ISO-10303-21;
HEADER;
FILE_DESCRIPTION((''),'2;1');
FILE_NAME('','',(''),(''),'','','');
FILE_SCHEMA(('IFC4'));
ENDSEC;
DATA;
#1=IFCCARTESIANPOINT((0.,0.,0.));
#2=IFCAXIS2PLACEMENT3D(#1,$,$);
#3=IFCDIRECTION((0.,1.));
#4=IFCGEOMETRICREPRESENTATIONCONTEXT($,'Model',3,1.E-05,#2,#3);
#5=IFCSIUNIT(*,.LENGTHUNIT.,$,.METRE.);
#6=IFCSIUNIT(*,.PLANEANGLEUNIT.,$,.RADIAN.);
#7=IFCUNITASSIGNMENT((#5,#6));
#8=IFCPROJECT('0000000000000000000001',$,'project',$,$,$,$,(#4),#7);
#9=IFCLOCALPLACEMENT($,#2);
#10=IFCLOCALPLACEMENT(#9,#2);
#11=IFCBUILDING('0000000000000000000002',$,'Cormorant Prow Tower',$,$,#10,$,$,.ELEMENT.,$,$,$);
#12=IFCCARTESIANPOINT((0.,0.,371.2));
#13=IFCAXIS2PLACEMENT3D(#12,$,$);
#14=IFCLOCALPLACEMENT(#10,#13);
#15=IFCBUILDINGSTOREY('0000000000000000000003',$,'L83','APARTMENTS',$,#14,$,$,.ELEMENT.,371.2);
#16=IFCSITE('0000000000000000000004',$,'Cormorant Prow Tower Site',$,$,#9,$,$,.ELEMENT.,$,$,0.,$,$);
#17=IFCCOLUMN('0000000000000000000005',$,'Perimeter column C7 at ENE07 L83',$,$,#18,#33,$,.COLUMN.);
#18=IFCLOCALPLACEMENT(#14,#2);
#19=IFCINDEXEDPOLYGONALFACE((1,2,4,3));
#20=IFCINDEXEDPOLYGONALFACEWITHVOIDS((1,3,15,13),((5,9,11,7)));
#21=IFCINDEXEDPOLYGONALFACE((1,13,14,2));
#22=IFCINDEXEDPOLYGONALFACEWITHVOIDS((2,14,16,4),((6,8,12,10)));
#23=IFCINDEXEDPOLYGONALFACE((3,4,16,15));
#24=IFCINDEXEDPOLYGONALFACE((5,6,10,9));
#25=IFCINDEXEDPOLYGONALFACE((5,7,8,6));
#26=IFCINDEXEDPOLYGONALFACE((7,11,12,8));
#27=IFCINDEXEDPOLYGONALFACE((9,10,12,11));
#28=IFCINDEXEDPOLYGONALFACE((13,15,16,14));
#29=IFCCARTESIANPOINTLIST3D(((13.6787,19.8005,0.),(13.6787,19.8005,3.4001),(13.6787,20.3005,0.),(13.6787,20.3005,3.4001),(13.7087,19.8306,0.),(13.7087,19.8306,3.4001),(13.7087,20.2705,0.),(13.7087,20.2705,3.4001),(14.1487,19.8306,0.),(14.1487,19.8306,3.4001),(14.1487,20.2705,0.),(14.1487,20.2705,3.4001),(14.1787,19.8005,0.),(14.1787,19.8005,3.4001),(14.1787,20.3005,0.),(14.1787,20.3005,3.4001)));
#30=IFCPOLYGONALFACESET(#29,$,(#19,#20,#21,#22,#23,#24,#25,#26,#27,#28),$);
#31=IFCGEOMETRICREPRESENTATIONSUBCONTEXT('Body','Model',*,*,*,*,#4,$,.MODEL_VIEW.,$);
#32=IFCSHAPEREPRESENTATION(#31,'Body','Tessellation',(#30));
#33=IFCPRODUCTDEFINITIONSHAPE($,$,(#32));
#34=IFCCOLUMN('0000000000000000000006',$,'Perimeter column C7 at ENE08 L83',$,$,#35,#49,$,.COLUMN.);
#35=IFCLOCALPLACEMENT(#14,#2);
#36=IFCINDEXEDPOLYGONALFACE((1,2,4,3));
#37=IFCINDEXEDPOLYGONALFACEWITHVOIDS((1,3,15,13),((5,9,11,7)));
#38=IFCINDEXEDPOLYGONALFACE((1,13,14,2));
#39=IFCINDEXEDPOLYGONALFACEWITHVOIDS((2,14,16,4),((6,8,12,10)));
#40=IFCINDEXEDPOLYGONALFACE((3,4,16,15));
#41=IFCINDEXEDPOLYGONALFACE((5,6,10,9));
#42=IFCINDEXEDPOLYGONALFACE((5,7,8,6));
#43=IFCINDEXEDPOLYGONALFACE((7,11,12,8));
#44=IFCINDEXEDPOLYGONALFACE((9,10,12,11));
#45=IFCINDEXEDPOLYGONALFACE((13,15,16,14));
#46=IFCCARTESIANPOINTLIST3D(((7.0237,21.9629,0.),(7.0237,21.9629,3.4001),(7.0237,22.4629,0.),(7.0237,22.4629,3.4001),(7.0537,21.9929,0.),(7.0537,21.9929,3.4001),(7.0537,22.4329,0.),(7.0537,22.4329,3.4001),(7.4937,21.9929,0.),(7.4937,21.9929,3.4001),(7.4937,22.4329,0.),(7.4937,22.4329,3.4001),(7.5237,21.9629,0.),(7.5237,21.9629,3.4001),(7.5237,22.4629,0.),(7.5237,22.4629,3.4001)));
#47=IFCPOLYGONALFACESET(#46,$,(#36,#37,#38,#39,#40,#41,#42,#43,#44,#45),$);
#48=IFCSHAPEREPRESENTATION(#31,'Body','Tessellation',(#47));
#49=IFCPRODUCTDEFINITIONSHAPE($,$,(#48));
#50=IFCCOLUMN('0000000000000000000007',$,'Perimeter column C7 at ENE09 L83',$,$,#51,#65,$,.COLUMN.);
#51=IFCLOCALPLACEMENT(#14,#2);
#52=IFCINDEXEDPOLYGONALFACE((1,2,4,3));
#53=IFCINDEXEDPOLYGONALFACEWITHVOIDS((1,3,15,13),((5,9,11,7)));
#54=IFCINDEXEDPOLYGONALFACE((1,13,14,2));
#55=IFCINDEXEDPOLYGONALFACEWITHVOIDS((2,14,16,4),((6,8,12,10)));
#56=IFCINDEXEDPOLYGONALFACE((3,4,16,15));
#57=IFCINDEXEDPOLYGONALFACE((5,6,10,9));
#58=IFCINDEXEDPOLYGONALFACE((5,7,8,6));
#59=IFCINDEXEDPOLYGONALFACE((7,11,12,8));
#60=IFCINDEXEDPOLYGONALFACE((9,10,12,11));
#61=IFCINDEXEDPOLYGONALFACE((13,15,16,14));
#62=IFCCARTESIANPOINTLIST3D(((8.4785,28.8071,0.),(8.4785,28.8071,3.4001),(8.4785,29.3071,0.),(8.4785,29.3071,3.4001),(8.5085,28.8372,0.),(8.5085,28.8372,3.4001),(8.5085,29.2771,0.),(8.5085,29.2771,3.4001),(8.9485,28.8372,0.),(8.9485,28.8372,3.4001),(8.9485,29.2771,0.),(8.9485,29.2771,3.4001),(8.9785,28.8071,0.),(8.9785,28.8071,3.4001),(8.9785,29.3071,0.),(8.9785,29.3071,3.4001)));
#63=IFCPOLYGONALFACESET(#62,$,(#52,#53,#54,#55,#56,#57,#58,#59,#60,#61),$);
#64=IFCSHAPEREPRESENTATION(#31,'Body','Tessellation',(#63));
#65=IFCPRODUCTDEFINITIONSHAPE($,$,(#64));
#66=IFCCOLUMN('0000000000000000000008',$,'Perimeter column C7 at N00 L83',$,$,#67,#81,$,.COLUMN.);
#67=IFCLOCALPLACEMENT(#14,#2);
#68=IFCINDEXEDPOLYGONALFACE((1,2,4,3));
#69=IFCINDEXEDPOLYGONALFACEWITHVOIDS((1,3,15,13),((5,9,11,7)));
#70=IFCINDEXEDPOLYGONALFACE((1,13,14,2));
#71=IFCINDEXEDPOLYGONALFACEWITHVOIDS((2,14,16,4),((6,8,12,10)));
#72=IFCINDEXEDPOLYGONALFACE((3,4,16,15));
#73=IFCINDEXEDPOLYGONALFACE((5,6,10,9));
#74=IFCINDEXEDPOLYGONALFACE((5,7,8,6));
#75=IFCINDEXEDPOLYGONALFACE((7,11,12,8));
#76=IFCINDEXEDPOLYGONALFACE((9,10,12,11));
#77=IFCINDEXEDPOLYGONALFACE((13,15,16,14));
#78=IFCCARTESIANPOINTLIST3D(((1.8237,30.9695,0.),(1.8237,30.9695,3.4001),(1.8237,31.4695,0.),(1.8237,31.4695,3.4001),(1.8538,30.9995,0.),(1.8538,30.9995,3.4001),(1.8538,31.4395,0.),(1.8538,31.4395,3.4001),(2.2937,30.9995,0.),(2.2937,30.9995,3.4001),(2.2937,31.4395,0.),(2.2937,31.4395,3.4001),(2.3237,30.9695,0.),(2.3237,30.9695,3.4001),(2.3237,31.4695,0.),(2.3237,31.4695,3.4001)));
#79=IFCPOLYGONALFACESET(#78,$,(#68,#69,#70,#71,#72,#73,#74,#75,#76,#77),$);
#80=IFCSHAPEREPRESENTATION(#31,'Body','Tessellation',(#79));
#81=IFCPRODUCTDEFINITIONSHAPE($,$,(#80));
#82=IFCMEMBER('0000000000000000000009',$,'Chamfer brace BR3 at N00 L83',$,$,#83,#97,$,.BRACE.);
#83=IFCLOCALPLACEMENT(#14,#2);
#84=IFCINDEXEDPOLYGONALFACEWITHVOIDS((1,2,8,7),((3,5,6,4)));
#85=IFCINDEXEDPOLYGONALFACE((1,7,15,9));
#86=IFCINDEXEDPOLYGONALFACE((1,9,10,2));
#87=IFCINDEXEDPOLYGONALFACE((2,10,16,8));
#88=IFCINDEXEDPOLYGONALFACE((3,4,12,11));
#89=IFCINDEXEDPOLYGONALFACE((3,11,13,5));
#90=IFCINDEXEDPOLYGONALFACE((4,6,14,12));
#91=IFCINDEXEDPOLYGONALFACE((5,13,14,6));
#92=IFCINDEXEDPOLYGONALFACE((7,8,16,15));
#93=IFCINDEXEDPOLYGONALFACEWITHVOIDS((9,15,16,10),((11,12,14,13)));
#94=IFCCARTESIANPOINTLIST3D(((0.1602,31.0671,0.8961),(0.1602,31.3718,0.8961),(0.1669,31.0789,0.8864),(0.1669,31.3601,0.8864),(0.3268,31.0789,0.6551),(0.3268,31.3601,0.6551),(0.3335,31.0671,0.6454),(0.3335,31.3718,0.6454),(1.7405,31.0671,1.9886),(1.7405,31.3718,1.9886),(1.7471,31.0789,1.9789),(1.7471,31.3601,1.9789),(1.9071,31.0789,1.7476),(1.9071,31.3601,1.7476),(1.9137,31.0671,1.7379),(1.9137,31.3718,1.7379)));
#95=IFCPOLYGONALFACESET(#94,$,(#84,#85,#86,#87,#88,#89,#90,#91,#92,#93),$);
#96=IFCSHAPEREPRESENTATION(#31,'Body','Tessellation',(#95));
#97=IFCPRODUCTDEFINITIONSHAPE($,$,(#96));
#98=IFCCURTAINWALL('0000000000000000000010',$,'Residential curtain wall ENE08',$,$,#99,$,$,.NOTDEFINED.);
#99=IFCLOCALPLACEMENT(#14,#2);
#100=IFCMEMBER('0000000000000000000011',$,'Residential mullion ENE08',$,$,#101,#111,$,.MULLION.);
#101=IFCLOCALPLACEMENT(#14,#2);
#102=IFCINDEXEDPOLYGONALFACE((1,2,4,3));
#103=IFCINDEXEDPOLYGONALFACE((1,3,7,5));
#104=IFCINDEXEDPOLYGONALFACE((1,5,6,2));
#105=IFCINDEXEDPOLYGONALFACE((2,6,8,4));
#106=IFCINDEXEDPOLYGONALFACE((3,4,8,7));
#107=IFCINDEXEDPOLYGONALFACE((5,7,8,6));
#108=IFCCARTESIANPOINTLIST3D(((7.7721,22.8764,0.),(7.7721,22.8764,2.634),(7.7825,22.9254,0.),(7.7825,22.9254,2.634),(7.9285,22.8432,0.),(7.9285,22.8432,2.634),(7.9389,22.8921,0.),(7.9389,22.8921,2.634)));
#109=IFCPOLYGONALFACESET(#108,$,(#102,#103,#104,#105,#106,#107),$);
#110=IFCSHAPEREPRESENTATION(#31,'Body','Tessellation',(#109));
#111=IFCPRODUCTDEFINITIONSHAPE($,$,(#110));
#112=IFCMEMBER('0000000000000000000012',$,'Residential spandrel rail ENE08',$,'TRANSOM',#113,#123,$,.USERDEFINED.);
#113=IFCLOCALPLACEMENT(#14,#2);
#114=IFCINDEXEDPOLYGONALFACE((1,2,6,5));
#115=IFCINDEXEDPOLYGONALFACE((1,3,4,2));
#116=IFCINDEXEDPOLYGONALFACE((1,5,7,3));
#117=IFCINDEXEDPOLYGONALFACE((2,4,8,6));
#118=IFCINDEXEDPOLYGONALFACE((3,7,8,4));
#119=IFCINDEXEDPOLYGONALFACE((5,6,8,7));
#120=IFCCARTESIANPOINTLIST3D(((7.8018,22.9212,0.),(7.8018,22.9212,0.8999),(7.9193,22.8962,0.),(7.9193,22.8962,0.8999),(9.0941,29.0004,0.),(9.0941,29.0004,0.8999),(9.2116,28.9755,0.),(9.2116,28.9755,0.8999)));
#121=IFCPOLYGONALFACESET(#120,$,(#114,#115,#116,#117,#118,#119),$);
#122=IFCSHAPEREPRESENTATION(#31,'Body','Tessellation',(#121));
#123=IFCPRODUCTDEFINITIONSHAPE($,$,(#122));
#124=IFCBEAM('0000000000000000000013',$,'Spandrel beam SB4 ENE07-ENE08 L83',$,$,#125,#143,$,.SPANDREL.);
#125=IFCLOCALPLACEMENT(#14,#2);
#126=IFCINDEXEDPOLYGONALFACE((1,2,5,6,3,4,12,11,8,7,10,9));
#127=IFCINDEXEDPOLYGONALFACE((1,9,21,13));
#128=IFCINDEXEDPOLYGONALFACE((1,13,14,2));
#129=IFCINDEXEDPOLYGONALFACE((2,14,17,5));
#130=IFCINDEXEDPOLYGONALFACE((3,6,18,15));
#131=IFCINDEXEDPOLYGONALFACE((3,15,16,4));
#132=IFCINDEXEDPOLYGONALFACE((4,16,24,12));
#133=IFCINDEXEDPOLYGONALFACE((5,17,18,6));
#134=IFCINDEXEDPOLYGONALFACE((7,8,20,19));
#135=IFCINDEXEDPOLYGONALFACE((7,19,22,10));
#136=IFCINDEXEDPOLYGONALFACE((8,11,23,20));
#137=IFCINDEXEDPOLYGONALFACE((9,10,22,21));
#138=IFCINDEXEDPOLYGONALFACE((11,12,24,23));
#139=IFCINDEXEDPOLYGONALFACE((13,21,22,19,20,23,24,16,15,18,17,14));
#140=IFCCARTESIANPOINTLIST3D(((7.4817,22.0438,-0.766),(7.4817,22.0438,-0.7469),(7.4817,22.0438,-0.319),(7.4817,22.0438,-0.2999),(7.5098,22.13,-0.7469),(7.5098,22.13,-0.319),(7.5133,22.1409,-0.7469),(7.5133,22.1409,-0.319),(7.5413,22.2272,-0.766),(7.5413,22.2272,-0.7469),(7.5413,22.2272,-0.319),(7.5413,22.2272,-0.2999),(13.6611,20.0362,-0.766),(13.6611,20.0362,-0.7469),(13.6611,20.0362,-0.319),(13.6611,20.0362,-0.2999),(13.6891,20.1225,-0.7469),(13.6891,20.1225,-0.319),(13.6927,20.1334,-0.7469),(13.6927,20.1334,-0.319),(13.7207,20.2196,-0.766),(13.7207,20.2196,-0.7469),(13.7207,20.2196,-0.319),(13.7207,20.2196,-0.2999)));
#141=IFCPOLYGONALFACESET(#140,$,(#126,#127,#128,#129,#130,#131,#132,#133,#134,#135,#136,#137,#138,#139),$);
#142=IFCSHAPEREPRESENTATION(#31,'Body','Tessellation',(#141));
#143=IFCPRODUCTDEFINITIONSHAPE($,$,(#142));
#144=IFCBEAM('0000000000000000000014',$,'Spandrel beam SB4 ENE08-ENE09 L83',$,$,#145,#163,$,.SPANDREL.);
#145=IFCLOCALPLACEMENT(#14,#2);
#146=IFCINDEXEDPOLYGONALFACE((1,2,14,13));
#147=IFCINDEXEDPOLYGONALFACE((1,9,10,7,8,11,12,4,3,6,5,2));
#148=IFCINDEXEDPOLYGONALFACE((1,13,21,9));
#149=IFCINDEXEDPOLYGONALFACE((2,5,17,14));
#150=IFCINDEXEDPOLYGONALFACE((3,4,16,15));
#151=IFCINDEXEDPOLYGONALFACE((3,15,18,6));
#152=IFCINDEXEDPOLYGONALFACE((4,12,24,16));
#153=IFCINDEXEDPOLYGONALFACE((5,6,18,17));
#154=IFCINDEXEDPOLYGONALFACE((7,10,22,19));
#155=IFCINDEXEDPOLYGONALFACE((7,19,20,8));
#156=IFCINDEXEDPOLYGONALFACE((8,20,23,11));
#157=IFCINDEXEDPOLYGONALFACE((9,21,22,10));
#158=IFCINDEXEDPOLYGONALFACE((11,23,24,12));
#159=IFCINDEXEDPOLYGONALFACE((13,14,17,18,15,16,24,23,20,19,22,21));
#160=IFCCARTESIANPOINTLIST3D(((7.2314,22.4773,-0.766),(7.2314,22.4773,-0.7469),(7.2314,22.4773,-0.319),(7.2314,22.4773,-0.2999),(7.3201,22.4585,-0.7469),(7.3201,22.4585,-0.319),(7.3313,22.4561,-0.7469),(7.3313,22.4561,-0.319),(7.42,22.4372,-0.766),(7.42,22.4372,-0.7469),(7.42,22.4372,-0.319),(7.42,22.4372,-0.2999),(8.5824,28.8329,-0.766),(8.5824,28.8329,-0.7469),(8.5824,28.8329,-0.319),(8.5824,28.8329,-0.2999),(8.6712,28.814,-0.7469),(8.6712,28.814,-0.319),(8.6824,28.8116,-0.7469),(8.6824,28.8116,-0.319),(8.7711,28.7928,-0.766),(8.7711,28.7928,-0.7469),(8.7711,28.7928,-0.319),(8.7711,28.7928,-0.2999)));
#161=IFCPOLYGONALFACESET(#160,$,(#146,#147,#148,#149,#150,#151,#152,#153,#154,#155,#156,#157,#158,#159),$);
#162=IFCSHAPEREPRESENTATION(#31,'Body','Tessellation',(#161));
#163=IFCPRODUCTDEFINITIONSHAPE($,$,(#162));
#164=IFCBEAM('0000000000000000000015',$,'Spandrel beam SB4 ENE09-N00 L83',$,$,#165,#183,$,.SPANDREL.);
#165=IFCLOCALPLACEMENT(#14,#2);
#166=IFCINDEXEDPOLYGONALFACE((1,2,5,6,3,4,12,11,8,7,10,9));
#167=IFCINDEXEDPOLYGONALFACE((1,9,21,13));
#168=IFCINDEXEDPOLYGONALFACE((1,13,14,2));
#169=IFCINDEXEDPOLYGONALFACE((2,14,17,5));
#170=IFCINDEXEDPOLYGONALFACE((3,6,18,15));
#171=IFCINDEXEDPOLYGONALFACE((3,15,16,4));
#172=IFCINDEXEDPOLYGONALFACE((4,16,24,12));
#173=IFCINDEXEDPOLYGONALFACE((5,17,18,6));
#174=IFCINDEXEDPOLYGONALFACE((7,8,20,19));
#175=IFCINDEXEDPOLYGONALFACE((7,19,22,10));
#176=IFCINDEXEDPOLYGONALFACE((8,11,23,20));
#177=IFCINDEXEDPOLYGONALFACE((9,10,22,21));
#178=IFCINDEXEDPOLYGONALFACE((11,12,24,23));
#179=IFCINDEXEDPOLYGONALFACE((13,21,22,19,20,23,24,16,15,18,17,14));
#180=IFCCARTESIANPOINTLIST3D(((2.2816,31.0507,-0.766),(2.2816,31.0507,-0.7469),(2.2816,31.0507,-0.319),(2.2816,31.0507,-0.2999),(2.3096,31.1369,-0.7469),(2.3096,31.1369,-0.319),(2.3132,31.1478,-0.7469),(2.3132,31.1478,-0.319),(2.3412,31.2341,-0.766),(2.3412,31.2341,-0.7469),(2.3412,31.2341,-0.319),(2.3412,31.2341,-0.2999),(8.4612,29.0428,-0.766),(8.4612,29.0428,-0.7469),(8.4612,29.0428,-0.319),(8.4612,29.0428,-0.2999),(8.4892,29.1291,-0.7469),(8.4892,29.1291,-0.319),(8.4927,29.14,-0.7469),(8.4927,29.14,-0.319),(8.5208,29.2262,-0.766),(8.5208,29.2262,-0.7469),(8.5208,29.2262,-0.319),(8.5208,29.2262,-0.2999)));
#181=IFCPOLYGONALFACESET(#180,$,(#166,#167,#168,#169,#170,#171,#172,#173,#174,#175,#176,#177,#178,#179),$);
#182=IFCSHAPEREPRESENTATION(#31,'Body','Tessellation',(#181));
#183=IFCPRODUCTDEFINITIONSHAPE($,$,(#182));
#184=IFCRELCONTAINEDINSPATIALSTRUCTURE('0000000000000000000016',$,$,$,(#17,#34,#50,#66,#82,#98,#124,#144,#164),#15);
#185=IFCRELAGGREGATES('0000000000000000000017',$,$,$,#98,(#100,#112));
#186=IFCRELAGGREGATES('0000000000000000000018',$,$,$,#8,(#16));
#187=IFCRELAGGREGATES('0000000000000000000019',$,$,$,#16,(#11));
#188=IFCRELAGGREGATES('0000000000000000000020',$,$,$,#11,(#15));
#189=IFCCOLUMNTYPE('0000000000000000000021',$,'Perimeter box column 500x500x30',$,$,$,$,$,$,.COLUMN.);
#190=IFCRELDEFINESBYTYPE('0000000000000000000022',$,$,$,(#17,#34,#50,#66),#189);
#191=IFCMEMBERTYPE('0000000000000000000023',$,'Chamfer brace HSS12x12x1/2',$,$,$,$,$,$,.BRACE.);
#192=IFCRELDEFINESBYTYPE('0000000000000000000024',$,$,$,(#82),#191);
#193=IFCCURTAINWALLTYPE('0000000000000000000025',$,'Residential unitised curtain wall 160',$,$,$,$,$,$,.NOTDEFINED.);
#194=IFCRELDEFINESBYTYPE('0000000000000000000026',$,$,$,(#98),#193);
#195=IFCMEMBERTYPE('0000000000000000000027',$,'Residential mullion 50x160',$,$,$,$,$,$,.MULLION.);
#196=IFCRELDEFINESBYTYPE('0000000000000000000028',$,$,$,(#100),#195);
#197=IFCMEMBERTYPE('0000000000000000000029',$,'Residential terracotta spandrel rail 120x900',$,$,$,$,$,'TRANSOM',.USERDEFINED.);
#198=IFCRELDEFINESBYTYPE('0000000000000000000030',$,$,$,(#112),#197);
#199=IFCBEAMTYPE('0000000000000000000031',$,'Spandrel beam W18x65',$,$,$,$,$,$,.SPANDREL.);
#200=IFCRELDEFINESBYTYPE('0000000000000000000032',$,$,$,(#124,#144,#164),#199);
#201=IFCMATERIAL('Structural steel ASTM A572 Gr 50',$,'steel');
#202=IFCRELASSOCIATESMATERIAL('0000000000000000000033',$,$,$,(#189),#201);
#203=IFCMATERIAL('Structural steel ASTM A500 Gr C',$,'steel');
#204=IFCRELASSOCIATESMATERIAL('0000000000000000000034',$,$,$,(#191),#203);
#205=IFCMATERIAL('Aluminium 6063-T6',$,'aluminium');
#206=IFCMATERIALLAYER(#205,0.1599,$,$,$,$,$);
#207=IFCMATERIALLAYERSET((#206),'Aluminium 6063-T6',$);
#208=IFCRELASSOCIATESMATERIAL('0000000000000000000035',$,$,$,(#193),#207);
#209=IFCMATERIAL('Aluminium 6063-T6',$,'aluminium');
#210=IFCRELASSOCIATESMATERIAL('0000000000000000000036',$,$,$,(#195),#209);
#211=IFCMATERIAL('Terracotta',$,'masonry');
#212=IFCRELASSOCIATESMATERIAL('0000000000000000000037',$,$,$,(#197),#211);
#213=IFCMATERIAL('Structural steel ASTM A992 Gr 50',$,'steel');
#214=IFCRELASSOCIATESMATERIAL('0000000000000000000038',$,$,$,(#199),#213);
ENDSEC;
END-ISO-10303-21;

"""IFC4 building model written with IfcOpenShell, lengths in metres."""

from ifc_helpers import new_model, si_unit, direction, frame, origin, origin_2d, place, context, subcontext, project, spatial, rectangle, hollow_rectangle, i_section, extrude, material, layer, layer_set, material_profile, profile_set, type_object, element, aggregate, save


model = new_model("IFC4")

# Units and contexts
model_context = context("Model", 3, precision=1e-05, world=origin(), true_north=direction((0.0, 1.0)))
body_context = subcontext(model_context, "Body", "Model", "MODEL_VIEW")
ifc_project = project(units=[si_unit("LENGTHUNIT", "METRE"), si_unit("PLANEANGLEUNIT", "RADIAN")], contexts=[model_context])

# Site, building, storey
site_placement = place(None, origin())
site = spatial("IfcSite", under=ifc_project, at=site_placement, Name="Cormorant Prow Tower Site", CompositionType="ELEMENT", RefElevation=0.0)
building_placement = place(site_placement, origin())
building = spatial("IfcBuilding", under=site, at=building_placement, Name="Cormorant Prow Tower", CompositionType="ELEMENT")
storey_placement = place(building_placement, frame((0.0, 0.0, 371.2)))
storey = spatial("IfcBuildingStorey", under=building, at=storey_placement, Name="L83", Description="APARTMENTS", CompositionType="ELEMENT", Elevation=371.2)

# Columns
ifc_material_1 = material(Name="Structural steel ASTM A572 Gr 50", Category="steel")
ifc_material_profile_1 = material_profile(ifc_material_1, hollow_rectangle(XDim=0.5, YDim=0.5, WallThickness=0.03, at=origin_2d()), Name="Box 500x500x30")
ifc_profile_set_1 = profile_set([ifc_material_profile_1], Name="Structural steel ASTM A572 Gr 50")
column_type = type_object("IfcColumnType", Name="Perimeter box column 500x500x30", PredefinedType="COLUMN", material=ifc_profile_set_1)
for number, where, z_axis, x_axis, name in (
    (1, (13.9287, 20.0505, 0.0), (0.0, 0.0, 1.0), (1.0, 0.0, 0.0), "Perimeter column C7 at ENE07 L83"),
    (2, (7.2737, 22.2129, 0.0), (0.0, 0.0, 1.0), (1.0, 0.0, 0.0), "Perimeter column C7 at ENE08 L83"),
    (3, (8.7285, 29.0571, 0.0), (0.0, 0.0, 1.0), (1.0, 0.0, 0.0), "Perimeter column C7 at ENE09 L83"),
    (4, (2.0737, 31.2195, 0.0), (0.0, 0.0, 1.0), (1.0, 0.0, 0.0), "Perimeter column C7 at N00 L83"),
):
    element("IfcColumn", number, at=place(storey_placement, frame(where, z_axis=z_axis, x_axis=x_axis)), inside=storey, type_object=column_type, Name=name, PredefinedType="COLUMN", context=body_context, shape_type="SweptSolid", body=[
        extrude(hollow_rectangle(XDim=0.5, YDim=0.5, WallThickness=0.03, at=origin_2d()), origin(), (0.0, 0.0, 1.0), 3.4001),
    ])

# Member
ifc_material_2 = material(Name="Structural steel ASTM A500 Gr C", Category="steel")
ifc_material_profile_2 = material_profile(ifc_material_2, hollow_rectangle(XDim=0.3047, YDim=0.3047, WallThickness=0.0117, at=origin_2d()), Name="HSS12x12x1/2")
ifc_profile_set_2 = profile_set([ifc_material_profile_2], Name="Structural steel ASTM A500 Gr C")
member_type_1 = type_object("IfcMemberType", Name="Chamfer brace HSS12x12x1/2", PredefinedType="BRACE", material=ifc_profile_set_2)
member_1_placement = place(storey_placement, frame((0.2468, 31.2195, 0.7708), z_axis=(0.822567, 0.0, 0.568668), x_axis=(0.0, 1.0, 0.0)))
element("IfcMember", 5, at=member_1_placement, inside=storey, type_object=member_type_1, Name="Chamfer brace BR3 at N00 L83", PredefinedType="BRACE", context=body_context, shape_type="SweptSolid", body=[
    extrude(hollow_rectangle(XDim=0.3047, YDim=0.3047, WallThickness=0.0117, at=origin_2d()), origin(), (0.0, 0.0, 1.0), 1.9211),
])

# Curtain wall, members
ifc_material_3 = material(Name="Aluminium 6063-T6", Category="aluminium")
ifc_layer_1 = layer(ifc_material_3, 0.1599)
ifc_layer_set_1 = layer_set([ifc_layer_1], Name="Aluminium 6063-T6")
curtain_wall_type = type_object("IfcCurtainWallType", Name="Residential unitised curtain wall 160", PredefinedType="NOTDEFINED", material=ifc_layer_set_1)
curtain_wall_placement = place(storey_placement, origin())
curtain_wall = element("IfcCurtainWall", 6, at=curtain_wall_placement, inside=storey, type_object=curtain_wall_type, Name="Residential curtain wall ENE08", PredefinedType="NOTDEFINED")
ifc_material_4 = material(Name="Aluminium 6063-T6", Category="aluminium")
ifc_material_profile_3 = material_profile(ifc_material_4, rectangle(XDim=0.1599, YDim=0.05, at=origin_2d()), Name="Residential mullion 50x160")
ifc_profile_set_3 = profile_set([ifc_material_profile_3], Name="Aluminium 6063-T6")
member_type_2 = type_object("IfcMemberType", Name="Residential mullion 50x160", PredefinedType="MULLION", material=ifc_profile_set_3)
member_2_placement = place(storey_placement, frame((7.8555, 22.8843, 0.0), z_axis=(0.0, 0.0, 1.0), x_axis=(-0.978148, 0.207912, 0.0)))
member_2 = element("IfcMember", 7, at=member_2_placement, type_object=member_type_2, Name="Residential mullion ENE08", PredefinedType="MULLION", context=body_context, shape_type="SweptSolid", body=[
    extrude(rectangle(XDim=0.1599, YDim=0.05, at=origin_2d()), origin(), (0.0, 0.0, 1.0), 2.634),
])
ifc_material_5 = material(Name="Terracotta", Category="masonry")
ifc_material_profile_4 = material_profile(ifc_material_5, rectangle(XDim=0.1201, YDim=0.8999, at=origin_2d()), Name="Residential terracotta spandrel rail 120x900")
ifc_profile_set_4 = profile_set([ifc_material_profile_4], Name="Terracotta")
member_type_3 = type_object("IfcMemberType", Name="Residential terracotta spandrel rail 120x900", ElementType="TRANSOM", PredefinedType="USERDEFINED", material=ifc_profile_set_4)
member_3_placement = place(storey_placement, frame((7.8606, 22.9087, 0.45), z_axis=(0.207917, 0.978147, 0.0), x_axis=(-0.978147, 0.207917, 0.0)))
member_3 = element("IfcMember", 8, at=member_3_placement, type_object=member_type_3, Name="Residential spandrel rail ENE08", ObjectType="TRANSOM", PredefinedType="USERDEFINED", context=body_context, shape_type="SweptSolid", body=[
    extrude(rectangle(XDim=0.1201, YDim=0.8999, at=origin_2d()), origin(), (0.0, 0.0, 1.0), 6.2151),
])

# Beams
ifc_material_6 = material(Name="Structural steel ASTM A992 Gr 50", Category="steel")
ifc_material_profile_5 = material_profile(ifc_material_6, i_section(OverallWidth=0.1929, OverallDepth=0.4661, WebThickness=0.0115, FlangeThickness=0.019, at=origin_2d()), Name="W18x65")
ifc_profile_set_5 = profile_set([ifc_material_profile_5], Name="Structural steel ASTM A992 Gr 50")
beam_type = type_object("IfcBeamType", Name="Spandrel beam W18x65", PredefinedType="SPANDREL", material=ifc_profile_set_5)
beam_1_placement = place(storey_placement, frame((13.6909, 20.1279, -0.533), z_axis=(-0.951068, 0.308982, 0.0), x_axis=(-0.308982, -0.951068, 0.0)))
element("IfcBeam", 9, at=beam_1_placement, inside=storey, type_object=beam_type, Name="Spandrel beam SB4 ENE07-ENE08 L83", PredefinedType="SPANDREL", context=body_context, shape_type="SweptSolid", body=[
    extrude(i_section(OverallWidth=0.1929, OverallDepth=0.4661, WebThickness=0.0115, FlangeThickness=0.019, at=origin_2d()), origin(), (0.0, 0.0, 1.0), 6.4973),
])
for number, where, z_axis, x_axis, name in (
    (10, (7.3257, 22.4573, -0.533), (0.207938, 0.978142, 0.0), (-0.978142, 0.207938, 0.0), "Spandrel beam SB4 ENE08-ENE09 L83"),
    (11, (8.491, 29.1345, -0.533), (-0.951057, 0.309016, 0.0), (-0.309016, -0.951057, 0.0), "Spandrel beam SB4 ENE09-N00 L83"),
):
    element("IfcBeam", number, at=place(storey_placement, frame(where, z_axis=z_axis, x_axis=x_axis)), inside=storey, type_object=beam_type, Name=name, PredefinedType="SPANDREL", context=body_context, shape_type="SweptSolid", body=[
        extrude(i_section(OverallWidth=0.1929, OverallDepth=0.4661, WebThickness=0.0115, FlangeThickness=0.019, at=origin_2d()), origin(), (0.0, 0.0, 1.0), 6.4976),
    ])

aggregate(curtain_wall, [member_2, member_3])

save(model, "model.ifc")
